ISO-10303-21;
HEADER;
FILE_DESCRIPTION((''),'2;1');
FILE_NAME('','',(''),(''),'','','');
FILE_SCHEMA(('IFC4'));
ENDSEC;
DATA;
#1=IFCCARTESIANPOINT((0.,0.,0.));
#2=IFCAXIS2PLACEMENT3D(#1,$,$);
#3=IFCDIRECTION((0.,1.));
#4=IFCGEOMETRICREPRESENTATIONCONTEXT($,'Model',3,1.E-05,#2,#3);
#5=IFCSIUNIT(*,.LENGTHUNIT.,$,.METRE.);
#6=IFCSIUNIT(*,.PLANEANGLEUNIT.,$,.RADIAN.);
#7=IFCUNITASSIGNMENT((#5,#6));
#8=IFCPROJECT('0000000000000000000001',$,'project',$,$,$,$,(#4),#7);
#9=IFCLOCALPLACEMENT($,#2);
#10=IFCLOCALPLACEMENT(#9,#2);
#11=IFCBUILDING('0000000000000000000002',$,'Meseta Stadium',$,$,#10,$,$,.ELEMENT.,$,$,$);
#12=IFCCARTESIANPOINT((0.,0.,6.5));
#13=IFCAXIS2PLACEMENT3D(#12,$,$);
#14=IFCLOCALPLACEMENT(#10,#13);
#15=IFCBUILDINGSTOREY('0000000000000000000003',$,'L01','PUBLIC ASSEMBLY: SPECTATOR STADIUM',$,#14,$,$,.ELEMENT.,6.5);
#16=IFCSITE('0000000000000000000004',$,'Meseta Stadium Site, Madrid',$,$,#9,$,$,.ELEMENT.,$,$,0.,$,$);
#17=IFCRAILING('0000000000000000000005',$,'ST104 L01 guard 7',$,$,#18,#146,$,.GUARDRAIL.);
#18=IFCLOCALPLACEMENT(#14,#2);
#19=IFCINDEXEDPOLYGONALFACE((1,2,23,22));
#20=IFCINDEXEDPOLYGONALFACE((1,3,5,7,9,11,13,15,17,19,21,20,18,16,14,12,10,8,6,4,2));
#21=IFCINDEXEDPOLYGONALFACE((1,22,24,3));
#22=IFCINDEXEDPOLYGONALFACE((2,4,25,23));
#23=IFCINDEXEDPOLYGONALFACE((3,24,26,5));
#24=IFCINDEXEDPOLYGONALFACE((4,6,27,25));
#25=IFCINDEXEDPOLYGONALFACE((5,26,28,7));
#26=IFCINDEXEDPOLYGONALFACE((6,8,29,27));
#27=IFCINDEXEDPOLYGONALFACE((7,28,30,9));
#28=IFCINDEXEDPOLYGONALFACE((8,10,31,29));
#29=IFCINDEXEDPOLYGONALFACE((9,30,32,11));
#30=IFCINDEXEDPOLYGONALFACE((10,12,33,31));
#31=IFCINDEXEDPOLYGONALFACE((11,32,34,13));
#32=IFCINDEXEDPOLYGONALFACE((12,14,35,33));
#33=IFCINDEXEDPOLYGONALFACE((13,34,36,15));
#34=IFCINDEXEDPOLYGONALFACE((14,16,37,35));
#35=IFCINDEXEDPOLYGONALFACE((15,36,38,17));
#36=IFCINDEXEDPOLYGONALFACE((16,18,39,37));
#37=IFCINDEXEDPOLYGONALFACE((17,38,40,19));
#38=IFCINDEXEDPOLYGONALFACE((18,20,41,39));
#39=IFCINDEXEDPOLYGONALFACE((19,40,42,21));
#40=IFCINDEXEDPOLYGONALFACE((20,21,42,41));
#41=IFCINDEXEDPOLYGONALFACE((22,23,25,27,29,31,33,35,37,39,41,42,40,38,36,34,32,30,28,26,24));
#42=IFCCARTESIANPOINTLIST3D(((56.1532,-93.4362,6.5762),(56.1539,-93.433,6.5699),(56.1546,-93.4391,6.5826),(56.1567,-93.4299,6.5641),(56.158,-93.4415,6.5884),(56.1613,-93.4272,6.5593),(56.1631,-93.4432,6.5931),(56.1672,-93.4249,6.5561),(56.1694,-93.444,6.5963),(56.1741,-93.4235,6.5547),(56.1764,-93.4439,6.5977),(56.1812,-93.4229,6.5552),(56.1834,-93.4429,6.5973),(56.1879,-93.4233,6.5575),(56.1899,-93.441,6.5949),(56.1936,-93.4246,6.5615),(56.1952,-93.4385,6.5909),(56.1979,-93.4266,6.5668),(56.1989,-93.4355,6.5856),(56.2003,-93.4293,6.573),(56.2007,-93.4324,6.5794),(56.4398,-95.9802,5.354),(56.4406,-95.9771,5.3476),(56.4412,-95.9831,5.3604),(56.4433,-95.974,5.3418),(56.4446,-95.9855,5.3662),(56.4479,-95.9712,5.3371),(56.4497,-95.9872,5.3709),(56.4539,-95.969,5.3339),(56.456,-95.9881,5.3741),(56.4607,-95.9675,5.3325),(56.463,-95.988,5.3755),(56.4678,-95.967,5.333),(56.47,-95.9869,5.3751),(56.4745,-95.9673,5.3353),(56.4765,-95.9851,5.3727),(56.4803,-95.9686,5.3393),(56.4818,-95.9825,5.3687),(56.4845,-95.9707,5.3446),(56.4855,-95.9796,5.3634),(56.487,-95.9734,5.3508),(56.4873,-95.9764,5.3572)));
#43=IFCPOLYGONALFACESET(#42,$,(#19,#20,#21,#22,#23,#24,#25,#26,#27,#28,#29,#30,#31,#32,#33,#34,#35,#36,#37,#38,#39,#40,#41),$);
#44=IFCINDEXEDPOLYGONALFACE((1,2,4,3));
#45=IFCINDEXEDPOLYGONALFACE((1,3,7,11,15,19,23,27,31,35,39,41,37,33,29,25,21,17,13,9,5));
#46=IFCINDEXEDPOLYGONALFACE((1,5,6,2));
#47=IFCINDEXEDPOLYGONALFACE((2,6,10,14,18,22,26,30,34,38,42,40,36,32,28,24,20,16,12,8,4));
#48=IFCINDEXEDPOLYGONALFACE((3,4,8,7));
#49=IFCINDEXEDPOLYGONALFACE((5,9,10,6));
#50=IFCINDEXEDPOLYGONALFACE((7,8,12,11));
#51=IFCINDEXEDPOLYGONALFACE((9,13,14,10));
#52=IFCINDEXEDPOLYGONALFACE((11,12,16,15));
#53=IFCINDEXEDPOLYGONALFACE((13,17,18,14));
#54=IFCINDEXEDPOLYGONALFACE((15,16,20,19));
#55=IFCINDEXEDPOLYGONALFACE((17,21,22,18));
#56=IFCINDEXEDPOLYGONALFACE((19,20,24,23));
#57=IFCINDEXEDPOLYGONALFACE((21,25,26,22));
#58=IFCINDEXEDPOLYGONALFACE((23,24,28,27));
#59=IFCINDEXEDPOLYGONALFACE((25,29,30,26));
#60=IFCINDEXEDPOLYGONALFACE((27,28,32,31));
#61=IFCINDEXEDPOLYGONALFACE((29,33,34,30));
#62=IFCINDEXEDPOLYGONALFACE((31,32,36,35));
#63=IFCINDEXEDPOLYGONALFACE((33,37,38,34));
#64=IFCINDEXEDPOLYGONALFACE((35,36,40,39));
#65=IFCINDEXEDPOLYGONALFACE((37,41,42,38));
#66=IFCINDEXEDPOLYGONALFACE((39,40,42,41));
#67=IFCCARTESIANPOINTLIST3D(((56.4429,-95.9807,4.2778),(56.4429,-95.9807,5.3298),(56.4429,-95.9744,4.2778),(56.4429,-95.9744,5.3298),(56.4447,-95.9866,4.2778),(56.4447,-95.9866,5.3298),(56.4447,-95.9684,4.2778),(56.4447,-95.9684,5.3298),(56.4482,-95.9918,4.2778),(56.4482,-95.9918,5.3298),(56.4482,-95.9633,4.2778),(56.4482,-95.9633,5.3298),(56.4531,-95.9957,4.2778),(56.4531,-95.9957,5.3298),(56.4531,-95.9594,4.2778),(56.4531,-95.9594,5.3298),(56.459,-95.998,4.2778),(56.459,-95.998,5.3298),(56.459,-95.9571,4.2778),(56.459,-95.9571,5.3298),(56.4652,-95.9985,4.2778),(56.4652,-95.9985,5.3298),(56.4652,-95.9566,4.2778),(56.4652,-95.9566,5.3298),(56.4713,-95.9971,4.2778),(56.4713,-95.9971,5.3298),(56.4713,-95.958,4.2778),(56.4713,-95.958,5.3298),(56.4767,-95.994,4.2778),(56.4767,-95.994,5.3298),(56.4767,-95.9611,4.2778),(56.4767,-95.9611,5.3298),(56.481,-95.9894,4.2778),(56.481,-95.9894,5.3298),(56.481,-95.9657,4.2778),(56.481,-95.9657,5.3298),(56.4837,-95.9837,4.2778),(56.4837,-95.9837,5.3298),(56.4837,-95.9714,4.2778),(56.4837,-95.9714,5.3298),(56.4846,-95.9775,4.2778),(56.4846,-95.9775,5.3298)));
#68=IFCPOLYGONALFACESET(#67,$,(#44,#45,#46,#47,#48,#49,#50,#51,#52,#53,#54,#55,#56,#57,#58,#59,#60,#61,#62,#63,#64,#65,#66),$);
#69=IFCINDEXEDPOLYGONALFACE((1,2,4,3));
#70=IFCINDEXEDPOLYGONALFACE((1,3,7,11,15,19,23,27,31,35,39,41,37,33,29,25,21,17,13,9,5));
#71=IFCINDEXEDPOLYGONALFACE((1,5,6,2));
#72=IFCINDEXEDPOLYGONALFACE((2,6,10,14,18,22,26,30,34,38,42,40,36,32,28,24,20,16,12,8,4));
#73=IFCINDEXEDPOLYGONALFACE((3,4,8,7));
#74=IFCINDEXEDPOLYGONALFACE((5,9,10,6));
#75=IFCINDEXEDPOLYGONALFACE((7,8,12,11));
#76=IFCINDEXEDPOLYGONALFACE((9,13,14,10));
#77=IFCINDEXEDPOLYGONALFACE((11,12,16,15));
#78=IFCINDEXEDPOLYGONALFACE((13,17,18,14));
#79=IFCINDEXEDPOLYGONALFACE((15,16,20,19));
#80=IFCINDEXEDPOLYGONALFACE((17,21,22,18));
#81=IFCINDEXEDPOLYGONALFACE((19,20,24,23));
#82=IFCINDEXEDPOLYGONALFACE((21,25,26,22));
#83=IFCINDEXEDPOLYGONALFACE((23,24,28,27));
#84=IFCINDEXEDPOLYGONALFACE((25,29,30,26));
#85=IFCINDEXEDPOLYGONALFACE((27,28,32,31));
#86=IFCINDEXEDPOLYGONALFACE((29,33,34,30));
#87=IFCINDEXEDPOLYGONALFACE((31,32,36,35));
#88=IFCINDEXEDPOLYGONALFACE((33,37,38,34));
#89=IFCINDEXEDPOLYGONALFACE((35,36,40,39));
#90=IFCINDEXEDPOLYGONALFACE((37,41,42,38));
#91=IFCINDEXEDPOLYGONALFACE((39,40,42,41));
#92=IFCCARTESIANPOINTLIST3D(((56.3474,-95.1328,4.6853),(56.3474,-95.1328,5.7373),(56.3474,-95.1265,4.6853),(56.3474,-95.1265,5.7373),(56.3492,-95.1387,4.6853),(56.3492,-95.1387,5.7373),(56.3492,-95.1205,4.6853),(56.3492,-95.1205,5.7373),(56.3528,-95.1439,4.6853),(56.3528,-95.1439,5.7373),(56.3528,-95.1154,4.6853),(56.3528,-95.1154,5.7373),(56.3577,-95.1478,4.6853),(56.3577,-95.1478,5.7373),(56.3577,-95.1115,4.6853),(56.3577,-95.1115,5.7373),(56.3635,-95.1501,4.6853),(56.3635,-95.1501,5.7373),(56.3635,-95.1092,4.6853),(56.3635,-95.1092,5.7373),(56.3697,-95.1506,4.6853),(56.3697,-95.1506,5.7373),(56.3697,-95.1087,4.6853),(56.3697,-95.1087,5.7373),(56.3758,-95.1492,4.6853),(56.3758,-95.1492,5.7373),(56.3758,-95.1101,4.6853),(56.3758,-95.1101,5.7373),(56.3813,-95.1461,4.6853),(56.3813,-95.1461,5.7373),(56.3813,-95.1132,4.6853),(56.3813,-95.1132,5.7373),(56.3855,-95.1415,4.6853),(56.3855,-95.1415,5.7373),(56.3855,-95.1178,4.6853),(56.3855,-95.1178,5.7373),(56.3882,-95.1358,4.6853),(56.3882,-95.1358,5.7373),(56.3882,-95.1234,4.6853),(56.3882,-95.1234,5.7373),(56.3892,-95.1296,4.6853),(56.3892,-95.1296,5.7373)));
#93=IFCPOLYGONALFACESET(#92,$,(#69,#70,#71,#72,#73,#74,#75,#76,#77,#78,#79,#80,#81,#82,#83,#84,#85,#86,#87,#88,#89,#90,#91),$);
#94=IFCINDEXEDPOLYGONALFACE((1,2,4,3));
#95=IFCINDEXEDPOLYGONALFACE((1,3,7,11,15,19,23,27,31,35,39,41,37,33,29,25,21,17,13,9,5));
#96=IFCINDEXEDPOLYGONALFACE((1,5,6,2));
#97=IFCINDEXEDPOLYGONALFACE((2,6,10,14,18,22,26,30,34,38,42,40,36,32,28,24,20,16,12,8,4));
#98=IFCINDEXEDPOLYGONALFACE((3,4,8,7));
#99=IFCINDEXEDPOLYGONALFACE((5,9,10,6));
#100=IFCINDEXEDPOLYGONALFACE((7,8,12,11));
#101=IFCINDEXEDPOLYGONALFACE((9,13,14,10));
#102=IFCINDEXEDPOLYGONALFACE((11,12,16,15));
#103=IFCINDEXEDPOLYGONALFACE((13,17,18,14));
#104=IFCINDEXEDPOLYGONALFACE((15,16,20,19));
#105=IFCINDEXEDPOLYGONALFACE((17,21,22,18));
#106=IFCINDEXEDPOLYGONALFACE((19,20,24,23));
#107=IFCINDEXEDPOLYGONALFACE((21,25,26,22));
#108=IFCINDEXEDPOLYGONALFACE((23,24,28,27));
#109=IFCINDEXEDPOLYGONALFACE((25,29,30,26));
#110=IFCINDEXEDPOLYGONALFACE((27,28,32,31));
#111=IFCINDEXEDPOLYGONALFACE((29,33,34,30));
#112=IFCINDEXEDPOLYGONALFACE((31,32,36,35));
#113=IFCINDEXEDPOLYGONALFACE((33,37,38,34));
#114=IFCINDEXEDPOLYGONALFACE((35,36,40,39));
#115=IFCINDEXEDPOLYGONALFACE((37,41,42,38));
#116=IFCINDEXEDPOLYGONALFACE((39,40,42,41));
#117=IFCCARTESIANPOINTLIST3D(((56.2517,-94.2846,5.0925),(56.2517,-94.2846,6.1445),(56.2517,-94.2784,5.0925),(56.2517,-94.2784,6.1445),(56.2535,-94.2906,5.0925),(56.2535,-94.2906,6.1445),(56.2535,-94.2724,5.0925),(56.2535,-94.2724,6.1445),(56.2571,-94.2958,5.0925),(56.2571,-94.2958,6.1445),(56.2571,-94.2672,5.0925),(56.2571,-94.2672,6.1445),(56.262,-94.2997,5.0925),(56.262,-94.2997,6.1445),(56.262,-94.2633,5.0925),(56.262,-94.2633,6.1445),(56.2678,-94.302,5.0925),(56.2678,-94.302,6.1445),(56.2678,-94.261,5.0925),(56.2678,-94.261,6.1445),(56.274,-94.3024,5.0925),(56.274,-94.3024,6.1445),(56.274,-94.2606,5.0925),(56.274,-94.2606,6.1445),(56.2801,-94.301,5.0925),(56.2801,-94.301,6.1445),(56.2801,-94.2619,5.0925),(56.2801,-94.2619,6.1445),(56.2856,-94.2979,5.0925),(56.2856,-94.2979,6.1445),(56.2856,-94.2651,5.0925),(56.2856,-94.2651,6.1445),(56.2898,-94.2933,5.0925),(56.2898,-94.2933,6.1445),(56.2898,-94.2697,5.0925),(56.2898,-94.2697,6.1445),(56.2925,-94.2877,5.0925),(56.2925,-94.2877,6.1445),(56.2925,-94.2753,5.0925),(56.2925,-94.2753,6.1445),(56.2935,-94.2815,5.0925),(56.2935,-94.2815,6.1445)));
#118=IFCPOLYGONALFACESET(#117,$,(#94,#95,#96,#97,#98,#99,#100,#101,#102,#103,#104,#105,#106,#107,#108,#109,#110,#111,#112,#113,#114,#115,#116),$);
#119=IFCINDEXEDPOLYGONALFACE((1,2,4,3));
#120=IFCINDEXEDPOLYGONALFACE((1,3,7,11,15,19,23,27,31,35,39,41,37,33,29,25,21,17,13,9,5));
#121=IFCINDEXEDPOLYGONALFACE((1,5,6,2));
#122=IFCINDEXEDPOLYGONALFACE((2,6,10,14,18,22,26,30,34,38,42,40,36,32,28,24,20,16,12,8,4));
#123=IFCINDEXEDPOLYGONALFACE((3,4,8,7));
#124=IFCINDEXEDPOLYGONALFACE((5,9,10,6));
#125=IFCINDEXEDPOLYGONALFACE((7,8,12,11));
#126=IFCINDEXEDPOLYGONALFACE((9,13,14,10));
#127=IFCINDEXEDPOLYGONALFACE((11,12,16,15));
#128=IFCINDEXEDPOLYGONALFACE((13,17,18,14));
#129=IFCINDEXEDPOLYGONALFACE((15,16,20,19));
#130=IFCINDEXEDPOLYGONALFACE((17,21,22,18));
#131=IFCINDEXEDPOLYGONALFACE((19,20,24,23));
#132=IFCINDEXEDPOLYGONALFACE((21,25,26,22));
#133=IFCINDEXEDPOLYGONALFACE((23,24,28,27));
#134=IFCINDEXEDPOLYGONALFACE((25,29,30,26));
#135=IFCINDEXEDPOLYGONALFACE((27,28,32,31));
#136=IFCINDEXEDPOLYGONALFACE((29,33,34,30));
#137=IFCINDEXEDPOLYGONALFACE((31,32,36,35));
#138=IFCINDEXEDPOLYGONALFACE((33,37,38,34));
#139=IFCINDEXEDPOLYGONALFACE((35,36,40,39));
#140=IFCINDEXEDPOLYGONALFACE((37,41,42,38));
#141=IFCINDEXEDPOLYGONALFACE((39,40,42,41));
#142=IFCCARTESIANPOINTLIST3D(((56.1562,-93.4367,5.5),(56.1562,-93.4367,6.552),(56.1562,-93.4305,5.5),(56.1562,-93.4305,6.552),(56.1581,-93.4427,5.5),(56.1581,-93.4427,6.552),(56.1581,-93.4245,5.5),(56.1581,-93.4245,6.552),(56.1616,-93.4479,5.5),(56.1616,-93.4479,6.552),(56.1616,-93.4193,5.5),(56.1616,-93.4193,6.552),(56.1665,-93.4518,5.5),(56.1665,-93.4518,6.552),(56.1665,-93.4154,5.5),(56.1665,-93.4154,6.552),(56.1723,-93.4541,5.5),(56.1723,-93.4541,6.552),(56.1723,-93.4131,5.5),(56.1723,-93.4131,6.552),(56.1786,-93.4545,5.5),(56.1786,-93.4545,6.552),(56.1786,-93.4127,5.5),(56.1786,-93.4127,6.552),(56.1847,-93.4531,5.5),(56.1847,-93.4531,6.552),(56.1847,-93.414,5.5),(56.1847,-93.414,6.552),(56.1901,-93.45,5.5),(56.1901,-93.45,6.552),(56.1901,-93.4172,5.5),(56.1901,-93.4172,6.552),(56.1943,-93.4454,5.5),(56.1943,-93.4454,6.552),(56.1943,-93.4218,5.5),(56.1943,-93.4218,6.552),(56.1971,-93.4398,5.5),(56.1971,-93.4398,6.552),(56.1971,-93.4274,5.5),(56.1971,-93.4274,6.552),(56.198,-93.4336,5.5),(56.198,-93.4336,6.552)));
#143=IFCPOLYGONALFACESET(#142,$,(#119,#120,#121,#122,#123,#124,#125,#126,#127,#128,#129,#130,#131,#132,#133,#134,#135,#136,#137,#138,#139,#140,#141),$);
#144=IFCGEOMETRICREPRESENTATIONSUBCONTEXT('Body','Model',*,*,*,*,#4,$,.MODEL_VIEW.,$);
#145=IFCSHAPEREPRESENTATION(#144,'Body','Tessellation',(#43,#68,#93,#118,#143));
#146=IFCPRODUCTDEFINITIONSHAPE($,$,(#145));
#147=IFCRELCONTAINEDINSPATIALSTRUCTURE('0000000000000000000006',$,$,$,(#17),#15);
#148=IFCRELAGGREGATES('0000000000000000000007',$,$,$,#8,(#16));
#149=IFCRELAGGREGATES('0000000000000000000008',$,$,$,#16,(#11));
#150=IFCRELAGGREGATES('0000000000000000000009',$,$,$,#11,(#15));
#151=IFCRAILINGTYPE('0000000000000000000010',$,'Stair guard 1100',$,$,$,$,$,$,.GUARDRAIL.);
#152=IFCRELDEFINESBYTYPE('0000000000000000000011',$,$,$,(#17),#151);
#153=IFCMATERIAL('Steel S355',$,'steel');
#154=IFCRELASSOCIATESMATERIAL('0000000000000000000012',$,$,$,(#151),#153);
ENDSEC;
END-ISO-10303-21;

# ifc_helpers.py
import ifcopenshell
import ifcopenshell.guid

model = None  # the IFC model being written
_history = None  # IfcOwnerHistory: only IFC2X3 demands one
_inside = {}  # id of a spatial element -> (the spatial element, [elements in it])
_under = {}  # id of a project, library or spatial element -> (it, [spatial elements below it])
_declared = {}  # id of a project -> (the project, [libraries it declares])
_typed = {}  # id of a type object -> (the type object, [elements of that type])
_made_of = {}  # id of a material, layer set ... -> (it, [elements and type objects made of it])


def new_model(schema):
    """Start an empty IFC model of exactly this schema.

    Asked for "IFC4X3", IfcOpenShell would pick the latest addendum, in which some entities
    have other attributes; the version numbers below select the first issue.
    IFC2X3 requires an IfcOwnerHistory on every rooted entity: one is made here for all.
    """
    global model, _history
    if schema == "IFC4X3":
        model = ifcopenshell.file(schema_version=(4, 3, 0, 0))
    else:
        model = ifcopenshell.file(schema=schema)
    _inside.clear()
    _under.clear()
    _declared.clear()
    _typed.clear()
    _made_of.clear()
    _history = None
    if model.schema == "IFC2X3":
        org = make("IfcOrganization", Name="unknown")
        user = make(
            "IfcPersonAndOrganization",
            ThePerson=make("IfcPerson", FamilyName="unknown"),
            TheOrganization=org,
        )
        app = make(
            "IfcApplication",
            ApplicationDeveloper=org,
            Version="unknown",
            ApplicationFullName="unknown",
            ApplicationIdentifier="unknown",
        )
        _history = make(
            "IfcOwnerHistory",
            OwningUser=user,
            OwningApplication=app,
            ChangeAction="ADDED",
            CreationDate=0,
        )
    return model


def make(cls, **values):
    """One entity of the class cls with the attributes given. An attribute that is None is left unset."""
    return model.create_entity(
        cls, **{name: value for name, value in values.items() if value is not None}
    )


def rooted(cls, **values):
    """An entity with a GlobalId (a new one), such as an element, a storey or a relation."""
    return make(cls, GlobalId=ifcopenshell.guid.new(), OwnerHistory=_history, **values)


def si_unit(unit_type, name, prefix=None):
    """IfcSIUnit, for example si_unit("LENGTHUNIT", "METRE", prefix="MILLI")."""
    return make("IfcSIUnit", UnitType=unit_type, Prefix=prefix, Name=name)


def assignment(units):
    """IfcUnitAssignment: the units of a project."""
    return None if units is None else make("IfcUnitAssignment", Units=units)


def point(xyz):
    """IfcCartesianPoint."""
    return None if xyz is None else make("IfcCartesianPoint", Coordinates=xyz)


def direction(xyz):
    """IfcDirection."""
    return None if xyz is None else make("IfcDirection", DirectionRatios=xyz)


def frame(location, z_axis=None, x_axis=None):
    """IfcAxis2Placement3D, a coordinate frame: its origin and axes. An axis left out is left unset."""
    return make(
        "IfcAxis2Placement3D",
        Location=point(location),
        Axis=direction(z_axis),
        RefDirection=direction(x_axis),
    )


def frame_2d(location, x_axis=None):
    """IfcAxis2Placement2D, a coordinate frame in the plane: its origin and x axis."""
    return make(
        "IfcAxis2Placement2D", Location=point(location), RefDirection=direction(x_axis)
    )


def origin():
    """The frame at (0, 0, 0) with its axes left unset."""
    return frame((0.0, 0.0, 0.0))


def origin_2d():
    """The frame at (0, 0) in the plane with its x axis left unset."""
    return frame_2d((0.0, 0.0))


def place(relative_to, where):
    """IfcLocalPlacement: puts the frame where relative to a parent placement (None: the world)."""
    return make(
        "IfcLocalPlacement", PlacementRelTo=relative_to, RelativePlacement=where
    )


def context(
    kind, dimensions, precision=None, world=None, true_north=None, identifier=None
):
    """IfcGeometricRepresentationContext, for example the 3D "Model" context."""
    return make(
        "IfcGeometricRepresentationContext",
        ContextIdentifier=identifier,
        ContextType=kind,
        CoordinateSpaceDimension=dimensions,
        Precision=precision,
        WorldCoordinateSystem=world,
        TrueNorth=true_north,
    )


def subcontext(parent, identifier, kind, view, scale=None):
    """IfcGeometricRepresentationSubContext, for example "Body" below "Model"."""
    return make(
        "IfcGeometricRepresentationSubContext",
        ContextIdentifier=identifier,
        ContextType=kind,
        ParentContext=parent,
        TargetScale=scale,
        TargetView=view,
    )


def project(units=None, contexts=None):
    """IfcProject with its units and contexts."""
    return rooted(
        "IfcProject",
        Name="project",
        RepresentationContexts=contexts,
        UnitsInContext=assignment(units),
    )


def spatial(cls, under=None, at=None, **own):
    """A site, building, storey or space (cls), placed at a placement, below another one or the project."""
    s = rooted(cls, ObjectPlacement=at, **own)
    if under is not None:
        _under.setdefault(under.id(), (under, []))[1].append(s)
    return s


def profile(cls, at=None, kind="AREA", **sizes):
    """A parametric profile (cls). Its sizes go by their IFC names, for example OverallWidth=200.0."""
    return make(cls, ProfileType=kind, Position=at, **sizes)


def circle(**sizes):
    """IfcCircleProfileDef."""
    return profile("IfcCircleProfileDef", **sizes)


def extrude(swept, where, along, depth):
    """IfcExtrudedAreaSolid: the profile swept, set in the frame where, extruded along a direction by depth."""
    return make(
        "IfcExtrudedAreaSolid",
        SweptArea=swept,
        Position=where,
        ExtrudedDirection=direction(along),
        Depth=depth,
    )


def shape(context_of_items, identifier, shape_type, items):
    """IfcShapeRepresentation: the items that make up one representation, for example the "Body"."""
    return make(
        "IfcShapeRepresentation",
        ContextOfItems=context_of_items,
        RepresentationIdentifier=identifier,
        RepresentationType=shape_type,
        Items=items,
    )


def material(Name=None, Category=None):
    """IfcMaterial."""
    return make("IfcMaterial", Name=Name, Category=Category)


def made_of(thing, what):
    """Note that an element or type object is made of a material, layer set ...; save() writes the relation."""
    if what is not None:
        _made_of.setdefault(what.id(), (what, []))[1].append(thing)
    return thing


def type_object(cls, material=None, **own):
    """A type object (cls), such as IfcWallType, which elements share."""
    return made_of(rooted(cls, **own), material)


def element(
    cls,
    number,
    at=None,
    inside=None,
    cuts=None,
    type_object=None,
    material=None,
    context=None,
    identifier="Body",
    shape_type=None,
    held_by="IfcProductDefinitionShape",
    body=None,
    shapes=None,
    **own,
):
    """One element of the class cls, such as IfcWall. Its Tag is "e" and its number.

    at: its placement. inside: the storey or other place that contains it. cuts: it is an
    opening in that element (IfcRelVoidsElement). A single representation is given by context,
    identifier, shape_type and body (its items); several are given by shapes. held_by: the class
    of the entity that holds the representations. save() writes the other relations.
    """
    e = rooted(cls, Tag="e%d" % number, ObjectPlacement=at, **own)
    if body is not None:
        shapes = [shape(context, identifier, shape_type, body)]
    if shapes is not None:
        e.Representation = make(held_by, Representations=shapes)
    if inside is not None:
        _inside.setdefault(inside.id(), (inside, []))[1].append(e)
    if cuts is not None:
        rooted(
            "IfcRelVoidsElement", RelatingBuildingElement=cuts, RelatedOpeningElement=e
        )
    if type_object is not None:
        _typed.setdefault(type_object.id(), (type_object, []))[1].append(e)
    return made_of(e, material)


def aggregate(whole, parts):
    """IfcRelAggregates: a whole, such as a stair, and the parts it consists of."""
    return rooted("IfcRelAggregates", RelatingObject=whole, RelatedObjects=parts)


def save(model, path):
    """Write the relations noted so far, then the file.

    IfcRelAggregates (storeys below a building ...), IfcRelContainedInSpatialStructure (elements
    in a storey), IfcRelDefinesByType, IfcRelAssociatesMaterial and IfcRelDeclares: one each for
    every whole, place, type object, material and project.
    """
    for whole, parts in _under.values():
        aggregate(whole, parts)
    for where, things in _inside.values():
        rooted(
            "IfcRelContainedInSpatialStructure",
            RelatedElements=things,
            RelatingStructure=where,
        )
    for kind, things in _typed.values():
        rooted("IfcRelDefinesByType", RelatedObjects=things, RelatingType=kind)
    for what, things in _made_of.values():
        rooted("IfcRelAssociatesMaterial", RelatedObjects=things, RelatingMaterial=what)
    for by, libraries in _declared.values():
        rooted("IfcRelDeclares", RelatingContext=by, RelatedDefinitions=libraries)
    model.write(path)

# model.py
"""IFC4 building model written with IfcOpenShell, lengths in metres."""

from ifc_helpers import new_model, si_unit, direction, frame, origin, origin_2d, place, context, subcontext, project, spatial, circle, extrude, material, type_object, element, save


model = new_model("IFC4")

# Units and contexts
model_context = context("Model", 3, precision=1e-05, world=origin(), true_north=direction((0.0, 1.0)))
body_context = subcontext(model_context, "Body", "Model", "MODEL_VIEW")
ifc_project = project(units=[si_unit("LENGTHUNIT", "METRE"), si_unit("PLANEANGLEUNIT", "RADIAN")], contexts=[model_context])

# Site, building, storey
site_placement = place(None, origin())
site = spatial("IfcSite", under=ifc_project, at=site_placement, Name="Meseta Stadium Site, Madrid", CompositionType="ELEMENT", RefElevation=0.0)
building_placement = place(site_placement, origin())
building = spatial("IfcBuilding", under=site, at=building_placement, Name="Meseta Stadium", CompositionType="ELEMENT")
storey_placement = place(building_placement, frame((0.0, 0.0, 6.5)))
storey = spatial("IfcBuildingStorey", under=building, at=storey_placement, Name="L01", Description="PUBLIC ASSEMBLY: SPECTATOR STADIUM", CompositionType="ELEMENT", Elevation=6.5)

# Railing
ifc_material_1 = material(Name="Steel S355", Category="steel")
railing_type_1 = type_object("IfcRailingType", Name="Stair guard 1100", PredefinedType="GUARDRAIL", material=ifc_material_1)
railing_1_placement = place(storey_placement, frame((56.4636, -95.9775, 4.2778)))
element("IfcRailing", 1, at=railing_1_placement, inside=storey, type_object=railing_type_1, Name="ST104 L01 guard 7", PredefinedType="GUARDRAIL", context=body_context, shape_type="SweptSolid", body=[
    extrude(circle(Radius=0.0239, at=origin_2d()), frame((0.0, 0.0, 1.0762), z_axis=(-0.101036, 0.896762, 0.430824), x_axis=(-0.993713, -0.11196, 0.0)), (0.0, 0.0, 1.0), 2.8369),
    extrude(circle(Radius=0.021, at=origin_2d()), origin(), (0.0, 0.0, 1.0), 1.052),
    extrude(circle(Radius=0.021, at=origin_2d()), frame((-0.0955, 0.8479, 0.4075)), (0.0, 0.0, 1.0), 1.052),
    extrude(circle(Radius=0.021, at=origin_2d()), frame((-0.1912, 1.696, 0.8147)), (0.0, 0.0, 1.0), 1.052),
    extrude(circle(Radius=0.021, at=origin_2d()), frame((-0.2866, 2.5439, 1.2222)), (0.0, 0.0, 1.0), 1.052),
])

save(model, "model.ifc")
